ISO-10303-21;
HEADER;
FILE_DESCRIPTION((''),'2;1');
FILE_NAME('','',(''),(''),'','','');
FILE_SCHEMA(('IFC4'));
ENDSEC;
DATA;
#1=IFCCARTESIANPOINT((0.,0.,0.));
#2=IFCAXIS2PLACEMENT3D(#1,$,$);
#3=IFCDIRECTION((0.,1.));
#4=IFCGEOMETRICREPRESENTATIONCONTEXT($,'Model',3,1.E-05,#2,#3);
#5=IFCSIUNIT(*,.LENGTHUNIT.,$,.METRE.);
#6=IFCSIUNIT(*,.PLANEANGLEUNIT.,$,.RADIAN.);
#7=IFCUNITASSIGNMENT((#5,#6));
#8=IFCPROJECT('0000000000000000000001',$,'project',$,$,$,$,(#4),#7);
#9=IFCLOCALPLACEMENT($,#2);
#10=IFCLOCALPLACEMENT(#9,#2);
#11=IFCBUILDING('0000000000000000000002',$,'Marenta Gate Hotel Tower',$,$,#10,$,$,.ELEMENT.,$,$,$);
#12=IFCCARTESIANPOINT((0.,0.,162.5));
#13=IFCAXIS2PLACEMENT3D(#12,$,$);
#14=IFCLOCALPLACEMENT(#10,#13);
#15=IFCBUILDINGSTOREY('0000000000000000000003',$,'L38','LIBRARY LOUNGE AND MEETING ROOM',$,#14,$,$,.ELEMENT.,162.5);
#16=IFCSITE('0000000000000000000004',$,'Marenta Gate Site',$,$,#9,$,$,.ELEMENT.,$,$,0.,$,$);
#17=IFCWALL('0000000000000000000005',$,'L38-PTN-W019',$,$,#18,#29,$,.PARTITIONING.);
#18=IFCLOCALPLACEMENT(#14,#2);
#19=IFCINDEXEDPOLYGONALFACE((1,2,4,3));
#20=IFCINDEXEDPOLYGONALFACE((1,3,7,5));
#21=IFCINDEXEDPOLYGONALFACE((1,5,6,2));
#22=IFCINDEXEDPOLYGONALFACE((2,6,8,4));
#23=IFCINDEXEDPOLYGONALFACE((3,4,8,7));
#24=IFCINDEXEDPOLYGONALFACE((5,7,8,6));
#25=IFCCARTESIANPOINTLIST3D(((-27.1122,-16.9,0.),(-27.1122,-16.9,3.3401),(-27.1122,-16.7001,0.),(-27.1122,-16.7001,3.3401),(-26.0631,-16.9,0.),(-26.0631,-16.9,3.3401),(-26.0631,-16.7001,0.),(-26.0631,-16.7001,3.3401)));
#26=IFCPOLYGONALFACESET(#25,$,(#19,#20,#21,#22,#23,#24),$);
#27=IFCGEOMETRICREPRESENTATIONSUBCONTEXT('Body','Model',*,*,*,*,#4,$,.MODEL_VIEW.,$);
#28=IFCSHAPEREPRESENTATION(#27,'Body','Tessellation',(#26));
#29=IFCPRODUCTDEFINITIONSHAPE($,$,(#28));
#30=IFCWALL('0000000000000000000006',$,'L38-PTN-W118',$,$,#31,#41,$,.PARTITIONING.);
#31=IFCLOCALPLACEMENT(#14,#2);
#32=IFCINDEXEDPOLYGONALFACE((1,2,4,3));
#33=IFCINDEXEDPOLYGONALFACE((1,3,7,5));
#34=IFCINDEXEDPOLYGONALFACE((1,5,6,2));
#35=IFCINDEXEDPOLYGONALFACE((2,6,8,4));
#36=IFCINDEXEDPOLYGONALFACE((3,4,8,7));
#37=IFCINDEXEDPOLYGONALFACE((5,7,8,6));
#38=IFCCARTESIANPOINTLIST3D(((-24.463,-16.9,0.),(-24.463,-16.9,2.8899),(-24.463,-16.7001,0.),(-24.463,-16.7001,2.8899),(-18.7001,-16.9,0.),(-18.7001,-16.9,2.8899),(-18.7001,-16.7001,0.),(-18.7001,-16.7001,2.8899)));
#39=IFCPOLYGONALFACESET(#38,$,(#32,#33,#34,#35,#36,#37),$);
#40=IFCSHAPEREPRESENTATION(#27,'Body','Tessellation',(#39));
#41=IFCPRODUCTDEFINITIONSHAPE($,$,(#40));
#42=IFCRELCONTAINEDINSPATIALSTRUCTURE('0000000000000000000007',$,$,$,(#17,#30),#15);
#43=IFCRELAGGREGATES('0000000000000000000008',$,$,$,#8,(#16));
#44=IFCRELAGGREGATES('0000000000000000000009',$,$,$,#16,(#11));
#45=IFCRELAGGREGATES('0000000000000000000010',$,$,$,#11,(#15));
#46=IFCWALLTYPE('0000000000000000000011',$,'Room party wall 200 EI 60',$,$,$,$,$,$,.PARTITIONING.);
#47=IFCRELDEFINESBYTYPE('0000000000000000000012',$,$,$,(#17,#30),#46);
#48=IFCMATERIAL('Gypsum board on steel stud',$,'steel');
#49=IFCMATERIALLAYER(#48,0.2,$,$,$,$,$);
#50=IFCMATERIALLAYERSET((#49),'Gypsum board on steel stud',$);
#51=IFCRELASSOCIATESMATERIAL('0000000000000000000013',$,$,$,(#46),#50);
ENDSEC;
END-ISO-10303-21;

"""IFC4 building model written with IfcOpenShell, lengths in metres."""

from ifc_helpers import new_model, si_unit, direction, frame, frame_2d, origin, place, context, subcontext, project, spatial, rectangle, extrude, material, layer, layer_set, type_object, element, save


model = new_model("IFC4")

# Units and contexts
model_context = context("Model", 3, precision=1e-05, world=origin(), true_north=direction((0.0, 1.0)))
body_context = subcontext(model_context, "Body", "Model", "MODEL_VIEW")
ifc_project = project(units=[si_unit("LENGTHUNIT", "METRE"), si_unit("PLANEANGLEUNIT", "RADIAN")], contexts=[model_context])

# Site, building, storey
site_placement = place(None, origin())
site = spatial("IfcSite", under=ifc_project, at=site_placement, Name="Marenta Gate Site", CompositionType="ELEMENT", RefElevation=0.0)
building_placement = place(site_placement, origin())
building = spatial("IfcBuilding", under=site, at=building_placement, Name="Marenta Gate Hotel Tower", CompositionType="ELEMENT")
storey_placement = place(building_placement, frame((0.0, 0.0, 162.5)))
storey = spatial("IfcBuildingStorey", under=building, at=storey_placement, Name="L38", Description="LIBRARY LOUNGE AND MEETING ROOM", CompositionType="ELEMENT", Elevation=162.5)

# Walls
ifc_material_1 = material(Name="Gypsum board on steel stud", Category="steel")
ifc_layer_1 = layer(ifc_material_1, 0.2)
ifc_layer_set_1 = layer_set([ifc_layer_1], Name="Gypsum board on steel stud")
wall_type_1 = type_object("IfcWallType", Name="Room party wall 200 EI 60", PredefinedType="PARTITIONING", material=ifc_layer_set_1)
wall_1_placement = place(storey_placement, frame((-27.1121, -16.8, 0.0), z_axis=(0.0, 0.0, 1.0), x_axis=(1.0, 0.0, 0.0)))
element("IfcWall", 1, at=wall_1_placement, inside=storey, type_object=wall_type_1, Name="L38-PTN-W019", PredefinedType="PARTITIONING", context=body_context, shape_type="SweptSolid", body=[
    extrude(rectangle(XDim=1.0491, YDim=0.2, at=frame_2d((0.5244, 0.0))), origin(), (0.0, 0.0, 1.0), 3.3401),
])
wall_2_placement = place(storey_placement, frame((-24.4629, -16.8, 0.0), z_axis=(0.0, 0.0, 1.0), x_axis=(1.0, 0.0, 0.0)))
element("IfcWall", 2, at=wall_2_placement, inside=storey, type_object=wall_type_1, Name="L38-PTN-W118", PredefinedType="PARTITIONING", context=body_context, shape_type="SweptSolid", body=[
    extrude(rectangle(XDim=5.7629, YDim=0.2, at=frame_2d((2.8813, 0.0))), origin(), (0.0, 0.0, 1.0), 2.8899),
])

save(model, "model.ifc")
